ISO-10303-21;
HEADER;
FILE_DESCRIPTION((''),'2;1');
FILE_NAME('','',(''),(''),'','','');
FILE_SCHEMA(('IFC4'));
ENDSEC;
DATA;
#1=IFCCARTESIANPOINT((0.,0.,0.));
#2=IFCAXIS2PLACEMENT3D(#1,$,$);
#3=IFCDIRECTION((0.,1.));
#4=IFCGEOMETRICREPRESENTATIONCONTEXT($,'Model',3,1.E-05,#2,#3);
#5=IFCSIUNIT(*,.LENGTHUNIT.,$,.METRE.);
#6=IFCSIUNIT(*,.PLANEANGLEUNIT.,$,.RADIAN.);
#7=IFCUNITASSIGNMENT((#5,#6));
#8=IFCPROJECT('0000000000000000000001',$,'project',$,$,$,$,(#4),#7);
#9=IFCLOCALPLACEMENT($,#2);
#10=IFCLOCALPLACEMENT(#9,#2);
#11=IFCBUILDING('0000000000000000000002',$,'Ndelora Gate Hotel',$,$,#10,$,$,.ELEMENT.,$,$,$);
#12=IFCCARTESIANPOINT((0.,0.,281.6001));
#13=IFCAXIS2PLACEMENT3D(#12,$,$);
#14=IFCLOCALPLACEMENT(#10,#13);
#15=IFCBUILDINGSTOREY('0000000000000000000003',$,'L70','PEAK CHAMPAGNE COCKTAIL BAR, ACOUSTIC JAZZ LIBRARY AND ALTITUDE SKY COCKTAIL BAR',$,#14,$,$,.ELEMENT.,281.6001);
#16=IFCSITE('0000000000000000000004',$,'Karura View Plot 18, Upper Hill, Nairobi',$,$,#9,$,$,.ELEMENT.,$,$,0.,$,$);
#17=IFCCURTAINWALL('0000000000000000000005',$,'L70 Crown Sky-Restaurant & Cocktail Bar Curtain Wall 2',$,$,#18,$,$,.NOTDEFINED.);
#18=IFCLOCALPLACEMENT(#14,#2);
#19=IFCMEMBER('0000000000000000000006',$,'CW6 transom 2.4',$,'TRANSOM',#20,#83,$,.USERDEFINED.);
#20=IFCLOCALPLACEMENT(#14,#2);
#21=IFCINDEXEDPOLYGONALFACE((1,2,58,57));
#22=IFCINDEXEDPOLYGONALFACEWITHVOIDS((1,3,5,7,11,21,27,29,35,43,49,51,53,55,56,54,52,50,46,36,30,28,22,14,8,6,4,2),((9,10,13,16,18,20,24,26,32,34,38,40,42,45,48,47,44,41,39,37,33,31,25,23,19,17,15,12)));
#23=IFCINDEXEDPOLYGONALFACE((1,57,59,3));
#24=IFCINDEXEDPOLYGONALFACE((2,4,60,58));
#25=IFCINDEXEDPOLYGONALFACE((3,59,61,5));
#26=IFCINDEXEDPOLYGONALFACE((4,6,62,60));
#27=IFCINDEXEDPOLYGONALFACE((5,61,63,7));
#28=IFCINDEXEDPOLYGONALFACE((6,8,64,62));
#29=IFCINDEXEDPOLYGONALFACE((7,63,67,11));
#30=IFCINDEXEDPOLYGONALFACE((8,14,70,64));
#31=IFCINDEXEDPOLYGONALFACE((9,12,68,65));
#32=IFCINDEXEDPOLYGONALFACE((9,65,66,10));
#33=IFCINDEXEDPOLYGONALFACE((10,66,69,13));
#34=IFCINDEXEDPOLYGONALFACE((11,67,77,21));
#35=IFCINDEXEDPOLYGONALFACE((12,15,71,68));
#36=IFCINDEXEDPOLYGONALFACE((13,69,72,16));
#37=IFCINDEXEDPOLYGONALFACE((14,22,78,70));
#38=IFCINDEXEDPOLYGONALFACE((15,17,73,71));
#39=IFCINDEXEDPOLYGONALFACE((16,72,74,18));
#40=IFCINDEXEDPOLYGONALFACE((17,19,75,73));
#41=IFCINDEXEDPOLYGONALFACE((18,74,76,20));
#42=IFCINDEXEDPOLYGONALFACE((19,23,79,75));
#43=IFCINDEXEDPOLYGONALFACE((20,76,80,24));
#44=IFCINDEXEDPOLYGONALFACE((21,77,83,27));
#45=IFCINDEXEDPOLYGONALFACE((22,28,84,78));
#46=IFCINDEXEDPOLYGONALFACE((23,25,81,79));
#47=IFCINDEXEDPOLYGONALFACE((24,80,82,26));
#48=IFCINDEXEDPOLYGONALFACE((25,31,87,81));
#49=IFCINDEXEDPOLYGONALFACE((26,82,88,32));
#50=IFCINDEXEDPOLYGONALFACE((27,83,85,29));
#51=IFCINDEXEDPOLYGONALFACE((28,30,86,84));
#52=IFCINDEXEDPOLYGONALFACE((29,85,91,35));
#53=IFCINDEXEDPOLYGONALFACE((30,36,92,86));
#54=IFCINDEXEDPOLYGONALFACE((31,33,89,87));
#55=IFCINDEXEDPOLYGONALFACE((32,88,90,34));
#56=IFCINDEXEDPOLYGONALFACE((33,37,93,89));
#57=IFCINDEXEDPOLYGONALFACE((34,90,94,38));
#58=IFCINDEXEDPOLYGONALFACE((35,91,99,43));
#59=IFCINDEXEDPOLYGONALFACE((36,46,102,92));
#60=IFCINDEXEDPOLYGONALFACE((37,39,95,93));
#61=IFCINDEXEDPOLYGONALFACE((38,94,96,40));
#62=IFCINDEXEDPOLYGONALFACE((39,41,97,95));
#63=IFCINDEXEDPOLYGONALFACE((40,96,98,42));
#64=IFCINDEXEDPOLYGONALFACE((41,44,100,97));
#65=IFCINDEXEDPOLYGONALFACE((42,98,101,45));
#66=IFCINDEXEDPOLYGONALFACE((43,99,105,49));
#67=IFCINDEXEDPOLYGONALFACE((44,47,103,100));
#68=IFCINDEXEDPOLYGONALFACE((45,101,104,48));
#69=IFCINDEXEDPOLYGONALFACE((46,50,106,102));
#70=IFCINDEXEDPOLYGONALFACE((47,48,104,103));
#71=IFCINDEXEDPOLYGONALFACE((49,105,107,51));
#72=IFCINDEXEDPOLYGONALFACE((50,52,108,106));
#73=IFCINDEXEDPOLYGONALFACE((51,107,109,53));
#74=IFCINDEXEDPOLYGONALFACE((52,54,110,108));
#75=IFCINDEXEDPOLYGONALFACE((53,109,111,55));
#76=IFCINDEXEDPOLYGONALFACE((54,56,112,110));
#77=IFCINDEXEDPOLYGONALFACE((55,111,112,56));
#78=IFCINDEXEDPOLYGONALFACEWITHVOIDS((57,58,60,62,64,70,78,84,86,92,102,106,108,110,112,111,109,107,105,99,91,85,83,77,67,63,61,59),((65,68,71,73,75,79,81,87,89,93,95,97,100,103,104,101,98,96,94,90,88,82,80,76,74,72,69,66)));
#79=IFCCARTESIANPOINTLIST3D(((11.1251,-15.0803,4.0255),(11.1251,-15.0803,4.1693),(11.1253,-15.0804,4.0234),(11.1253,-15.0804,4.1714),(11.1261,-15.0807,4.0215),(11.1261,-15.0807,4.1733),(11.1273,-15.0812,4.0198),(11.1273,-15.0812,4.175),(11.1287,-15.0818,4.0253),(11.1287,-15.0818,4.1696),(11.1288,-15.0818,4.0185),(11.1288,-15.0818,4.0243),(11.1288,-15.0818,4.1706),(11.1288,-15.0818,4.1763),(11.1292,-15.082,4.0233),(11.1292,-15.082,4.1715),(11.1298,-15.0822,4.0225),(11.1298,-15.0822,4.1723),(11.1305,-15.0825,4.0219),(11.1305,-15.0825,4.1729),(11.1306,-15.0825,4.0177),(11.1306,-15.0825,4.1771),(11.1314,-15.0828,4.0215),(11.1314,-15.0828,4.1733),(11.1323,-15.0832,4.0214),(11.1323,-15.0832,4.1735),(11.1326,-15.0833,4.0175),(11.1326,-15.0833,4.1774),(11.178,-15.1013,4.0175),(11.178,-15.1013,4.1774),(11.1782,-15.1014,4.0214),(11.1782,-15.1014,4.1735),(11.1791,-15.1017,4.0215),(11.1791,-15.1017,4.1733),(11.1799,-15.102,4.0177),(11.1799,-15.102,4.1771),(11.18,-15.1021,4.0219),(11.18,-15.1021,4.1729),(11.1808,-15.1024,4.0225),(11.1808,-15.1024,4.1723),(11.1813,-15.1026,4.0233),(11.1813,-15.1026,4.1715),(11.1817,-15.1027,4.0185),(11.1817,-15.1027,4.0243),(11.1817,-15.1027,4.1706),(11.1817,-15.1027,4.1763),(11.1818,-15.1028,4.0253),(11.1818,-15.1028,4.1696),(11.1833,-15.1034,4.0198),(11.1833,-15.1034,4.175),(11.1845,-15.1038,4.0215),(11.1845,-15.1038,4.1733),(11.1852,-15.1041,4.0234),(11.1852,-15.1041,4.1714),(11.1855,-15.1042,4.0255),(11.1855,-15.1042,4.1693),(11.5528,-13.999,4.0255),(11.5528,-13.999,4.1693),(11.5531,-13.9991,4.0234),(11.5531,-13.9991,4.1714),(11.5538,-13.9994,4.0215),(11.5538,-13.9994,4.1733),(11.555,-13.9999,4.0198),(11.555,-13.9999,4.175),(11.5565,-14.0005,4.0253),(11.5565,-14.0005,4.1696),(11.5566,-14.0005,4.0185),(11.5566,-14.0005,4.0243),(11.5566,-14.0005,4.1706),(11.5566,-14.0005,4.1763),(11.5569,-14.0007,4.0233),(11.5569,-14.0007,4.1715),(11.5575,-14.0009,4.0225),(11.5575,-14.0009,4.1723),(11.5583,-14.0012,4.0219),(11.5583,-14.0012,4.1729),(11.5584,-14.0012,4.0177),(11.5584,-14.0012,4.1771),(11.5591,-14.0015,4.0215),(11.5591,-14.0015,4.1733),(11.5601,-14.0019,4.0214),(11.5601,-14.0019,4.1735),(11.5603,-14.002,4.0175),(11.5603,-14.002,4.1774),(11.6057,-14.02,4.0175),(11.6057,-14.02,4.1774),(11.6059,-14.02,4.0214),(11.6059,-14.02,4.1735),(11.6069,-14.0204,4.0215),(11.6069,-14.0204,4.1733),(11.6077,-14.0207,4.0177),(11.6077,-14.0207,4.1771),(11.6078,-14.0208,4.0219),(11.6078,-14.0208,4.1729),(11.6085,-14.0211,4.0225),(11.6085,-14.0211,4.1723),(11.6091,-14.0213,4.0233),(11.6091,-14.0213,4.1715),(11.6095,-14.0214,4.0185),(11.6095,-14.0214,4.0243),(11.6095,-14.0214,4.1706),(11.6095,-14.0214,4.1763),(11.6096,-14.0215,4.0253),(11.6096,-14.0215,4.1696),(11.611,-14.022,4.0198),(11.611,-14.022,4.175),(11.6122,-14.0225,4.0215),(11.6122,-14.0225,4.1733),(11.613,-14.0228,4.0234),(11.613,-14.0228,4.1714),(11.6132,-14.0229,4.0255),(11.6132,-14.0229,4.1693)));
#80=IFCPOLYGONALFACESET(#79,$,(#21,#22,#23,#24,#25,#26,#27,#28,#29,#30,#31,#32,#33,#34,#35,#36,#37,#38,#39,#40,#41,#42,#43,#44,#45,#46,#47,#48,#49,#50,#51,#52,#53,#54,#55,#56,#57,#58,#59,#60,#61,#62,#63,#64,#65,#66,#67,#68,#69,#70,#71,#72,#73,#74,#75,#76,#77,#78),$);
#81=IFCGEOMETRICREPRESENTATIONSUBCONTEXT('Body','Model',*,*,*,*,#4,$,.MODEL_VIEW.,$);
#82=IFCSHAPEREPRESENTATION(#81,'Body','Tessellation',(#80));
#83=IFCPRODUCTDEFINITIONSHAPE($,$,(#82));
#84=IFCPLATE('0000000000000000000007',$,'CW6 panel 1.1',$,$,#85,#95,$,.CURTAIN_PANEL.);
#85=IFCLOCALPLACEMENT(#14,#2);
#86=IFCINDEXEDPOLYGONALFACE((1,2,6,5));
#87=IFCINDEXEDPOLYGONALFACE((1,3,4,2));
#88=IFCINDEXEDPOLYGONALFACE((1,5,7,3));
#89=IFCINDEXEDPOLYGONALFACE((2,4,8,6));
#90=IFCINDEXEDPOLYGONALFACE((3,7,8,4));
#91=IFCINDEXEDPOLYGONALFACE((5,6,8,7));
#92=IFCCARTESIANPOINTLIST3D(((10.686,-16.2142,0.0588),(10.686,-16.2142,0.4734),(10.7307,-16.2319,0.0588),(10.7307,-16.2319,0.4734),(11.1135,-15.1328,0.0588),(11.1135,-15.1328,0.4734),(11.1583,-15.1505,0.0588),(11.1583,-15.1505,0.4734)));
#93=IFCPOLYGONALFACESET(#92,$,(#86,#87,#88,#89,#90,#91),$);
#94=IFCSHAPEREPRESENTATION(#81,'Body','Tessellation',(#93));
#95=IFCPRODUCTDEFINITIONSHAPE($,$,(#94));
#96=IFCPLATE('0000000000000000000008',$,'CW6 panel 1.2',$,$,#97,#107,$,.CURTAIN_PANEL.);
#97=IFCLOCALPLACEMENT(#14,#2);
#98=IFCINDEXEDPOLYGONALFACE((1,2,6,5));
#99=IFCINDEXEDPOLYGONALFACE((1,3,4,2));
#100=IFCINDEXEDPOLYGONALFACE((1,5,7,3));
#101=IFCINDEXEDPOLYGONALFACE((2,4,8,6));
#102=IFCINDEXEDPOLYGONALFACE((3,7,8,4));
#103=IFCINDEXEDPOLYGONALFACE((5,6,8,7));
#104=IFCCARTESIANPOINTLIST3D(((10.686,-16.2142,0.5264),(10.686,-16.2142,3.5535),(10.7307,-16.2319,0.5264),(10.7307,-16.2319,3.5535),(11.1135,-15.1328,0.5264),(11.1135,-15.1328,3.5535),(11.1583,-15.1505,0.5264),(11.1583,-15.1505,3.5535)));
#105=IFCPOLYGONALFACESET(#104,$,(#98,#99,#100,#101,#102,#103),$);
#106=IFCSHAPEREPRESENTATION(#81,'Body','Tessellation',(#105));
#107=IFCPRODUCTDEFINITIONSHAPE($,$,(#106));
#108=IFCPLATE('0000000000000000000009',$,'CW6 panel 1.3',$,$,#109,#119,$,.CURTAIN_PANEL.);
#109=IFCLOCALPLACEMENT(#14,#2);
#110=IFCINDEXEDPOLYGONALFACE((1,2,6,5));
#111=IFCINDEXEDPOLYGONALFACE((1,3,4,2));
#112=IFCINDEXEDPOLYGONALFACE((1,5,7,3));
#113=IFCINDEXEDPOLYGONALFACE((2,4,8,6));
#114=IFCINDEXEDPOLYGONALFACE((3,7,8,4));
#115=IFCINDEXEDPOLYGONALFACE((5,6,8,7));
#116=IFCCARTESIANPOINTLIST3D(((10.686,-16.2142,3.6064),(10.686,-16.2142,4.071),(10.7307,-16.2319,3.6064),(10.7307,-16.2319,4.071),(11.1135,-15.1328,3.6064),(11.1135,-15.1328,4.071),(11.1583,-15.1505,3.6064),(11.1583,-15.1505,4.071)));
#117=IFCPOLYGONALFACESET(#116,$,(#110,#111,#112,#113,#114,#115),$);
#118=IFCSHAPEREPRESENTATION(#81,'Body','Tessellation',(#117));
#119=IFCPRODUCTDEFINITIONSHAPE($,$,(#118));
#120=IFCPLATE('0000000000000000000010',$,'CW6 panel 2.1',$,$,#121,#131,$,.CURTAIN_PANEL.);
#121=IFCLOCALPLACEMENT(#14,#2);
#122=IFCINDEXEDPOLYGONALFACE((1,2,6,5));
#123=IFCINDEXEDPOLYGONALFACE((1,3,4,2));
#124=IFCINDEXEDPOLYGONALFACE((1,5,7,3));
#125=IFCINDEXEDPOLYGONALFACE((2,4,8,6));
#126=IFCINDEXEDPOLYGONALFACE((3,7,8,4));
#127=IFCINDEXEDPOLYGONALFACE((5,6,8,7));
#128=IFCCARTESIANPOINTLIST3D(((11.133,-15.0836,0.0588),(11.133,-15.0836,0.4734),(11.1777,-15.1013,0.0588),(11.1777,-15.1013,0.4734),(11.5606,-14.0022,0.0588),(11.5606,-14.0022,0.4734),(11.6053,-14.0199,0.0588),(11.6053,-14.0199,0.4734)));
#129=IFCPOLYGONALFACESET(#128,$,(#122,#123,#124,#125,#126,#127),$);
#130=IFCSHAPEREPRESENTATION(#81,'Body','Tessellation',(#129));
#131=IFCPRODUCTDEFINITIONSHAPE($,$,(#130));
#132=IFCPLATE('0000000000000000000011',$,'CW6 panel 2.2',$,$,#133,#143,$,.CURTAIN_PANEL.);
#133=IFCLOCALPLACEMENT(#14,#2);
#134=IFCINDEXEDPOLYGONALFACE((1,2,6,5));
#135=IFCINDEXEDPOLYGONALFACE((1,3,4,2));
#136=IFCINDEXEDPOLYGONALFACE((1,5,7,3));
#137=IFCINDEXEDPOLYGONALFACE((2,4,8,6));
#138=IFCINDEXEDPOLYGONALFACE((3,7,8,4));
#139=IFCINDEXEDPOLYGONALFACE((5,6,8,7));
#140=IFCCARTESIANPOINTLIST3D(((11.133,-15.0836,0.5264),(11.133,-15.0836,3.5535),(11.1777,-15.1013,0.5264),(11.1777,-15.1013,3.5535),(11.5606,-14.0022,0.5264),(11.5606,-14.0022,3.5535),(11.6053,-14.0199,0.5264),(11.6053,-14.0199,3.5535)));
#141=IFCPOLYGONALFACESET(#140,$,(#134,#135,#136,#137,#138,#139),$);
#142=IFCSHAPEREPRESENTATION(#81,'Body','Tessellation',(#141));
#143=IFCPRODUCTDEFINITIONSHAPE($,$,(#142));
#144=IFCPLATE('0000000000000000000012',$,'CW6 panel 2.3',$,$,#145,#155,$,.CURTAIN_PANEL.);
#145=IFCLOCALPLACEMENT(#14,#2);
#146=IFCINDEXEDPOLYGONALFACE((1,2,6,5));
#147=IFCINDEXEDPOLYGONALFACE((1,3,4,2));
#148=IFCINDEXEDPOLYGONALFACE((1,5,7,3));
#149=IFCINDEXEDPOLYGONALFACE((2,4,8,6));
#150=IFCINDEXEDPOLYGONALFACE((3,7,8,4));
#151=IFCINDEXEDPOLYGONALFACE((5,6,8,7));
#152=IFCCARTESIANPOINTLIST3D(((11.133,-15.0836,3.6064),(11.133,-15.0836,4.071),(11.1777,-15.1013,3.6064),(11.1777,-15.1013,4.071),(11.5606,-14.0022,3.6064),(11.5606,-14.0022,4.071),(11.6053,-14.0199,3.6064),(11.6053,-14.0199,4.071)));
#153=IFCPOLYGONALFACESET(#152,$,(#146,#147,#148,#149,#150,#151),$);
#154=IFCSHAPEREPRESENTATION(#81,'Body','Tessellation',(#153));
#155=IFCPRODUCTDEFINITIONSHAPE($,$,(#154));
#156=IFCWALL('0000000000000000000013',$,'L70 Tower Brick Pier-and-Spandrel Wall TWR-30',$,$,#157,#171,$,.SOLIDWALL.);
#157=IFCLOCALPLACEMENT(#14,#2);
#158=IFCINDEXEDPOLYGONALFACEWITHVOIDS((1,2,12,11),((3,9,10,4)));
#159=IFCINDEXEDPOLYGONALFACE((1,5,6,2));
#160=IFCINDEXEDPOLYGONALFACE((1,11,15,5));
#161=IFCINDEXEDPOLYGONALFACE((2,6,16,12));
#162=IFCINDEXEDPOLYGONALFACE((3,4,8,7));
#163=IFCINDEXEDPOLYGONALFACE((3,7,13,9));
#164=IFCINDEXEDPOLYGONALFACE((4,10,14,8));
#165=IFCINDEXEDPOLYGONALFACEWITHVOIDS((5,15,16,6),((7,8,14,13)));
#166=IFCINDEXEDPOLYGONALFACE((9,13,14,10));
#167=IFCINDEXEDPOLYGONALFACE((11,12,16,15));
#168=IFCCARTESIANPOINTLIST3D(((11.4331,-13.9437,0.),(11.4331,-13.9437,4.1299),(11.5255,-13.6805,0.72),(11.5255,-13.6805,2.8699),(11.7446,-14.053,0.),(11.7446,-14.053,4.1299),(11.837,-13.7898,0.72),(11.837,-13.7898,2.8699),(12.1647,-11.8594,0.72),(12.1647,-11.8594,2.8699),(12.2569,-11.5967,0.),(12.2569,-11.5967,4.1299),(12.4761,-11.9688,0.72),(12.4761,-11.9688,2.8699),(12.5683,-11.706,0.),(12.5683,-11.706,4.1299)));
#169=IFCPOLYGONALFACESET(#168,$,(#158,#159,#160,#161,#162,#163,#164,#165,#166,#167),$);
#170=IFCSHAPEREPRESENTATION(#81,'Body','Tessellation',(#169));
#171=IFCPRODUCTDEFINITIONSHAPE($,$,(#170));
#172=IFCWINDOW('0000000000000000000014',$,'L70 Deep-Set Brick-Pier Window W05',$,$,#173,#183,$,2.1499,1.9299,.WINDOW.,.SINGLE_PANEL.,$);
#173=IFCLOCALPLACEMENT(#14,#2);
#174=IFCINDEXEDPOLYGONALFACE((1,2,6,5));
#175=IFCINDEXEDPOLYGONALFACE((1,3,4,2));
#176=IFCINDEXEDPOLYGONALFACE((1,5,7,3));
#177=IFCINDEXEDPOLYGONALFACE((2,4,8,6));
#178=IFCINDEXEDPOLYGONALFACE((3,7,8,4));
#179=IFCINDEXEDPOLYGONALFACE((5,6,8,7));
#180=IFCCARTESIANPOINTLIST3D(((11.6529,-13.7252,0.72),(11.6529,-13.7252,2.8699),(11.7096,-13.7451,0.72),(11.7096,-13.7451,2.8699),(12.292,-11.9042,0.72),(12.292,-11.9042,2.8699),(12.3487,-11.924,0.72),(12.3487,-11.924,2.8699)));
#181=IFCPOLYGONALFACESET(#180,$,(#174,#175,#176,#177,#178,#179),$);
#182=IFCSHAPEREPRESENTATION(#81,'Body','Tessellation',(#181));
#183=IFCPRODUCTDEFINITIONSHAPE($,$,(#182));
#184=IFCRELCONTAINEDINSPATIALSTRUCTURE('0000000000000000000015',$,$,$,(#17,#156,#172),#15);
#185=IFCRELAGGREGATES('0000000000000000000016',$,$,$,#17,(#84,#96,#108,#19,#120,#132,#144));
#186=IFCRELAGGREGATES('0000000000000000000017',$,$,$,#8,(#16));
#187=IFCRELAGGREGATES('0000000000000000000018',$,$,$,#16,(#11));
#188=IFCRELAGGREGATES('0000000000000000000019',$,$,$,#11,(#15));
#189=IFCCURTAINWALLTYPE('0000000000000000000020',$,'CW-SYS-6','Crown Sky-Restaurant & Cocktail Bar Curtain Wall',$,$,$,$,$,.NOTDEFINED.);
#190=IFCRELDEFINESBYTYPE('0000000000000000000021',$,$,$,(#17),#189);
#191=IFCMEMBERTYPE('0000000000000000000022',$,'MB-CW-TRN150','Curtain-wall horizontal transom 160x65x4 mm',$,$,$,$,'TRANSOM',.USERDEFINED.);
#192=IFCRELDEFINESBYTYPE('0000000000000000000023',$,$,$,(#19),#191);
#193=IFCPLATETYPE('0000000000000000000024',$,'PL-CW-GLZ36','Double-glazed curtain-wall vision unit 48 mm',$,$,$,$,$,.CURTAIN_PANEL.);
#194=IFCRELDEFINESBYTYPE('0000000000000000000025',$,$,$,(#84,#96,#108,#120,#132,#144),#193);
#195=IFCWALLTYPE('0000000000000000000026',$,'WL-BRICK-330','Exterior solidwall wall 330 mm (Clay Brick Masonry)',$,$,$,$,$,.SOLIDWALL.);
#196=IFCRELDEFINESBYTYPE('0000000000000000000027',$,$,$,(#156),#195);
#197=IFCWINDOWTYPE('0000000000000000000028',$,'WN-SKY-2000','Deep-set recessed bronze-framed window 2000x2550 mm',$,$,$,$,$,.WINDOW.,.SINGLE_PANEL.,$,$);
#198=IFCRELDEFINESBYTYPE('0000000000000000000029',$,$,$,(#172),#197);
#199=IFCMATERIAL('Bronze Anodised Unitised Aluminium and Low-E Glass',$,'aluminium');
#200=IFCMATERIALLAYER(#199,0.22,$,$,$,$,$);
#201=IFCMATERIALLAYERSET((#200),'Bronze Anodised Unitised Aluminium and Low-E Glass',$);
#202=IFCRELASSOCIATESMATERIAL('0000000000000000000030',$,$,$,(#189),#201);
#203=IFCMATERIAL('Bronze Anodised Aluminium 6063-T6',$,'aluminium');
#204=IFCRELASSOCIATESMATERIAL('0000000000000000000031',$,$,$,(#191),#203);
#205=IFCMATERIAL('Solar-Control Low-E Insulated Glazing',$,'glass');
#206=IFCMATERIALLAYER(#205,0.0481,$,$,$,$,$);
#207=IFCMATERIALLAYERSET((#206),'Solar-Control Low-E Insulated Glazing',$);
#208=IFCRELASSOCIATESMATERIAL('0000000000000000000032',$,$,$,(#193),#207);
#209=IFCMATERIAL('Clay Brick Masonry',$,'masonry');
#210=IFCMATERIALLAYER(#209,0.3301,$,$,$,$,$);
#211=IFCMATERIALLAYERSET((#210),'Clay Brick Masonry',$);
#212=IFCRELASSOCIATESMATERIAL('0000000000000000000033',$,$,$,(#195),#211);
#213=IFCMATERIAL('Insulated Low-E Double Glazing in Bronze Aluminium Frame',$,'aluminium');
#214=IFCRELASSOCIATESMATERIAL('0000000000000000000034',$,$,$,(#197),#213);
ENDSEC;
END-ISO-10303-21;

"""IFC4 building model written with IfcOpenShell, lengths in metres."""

from ifc_helpers import new_model, si_unit, direction, frame, frame_2d, origin, origin_2d, place, context, subcontext, project, spatial, rectangle, hollow_rectangle, extrude, material, layer, layer_set, material_profile, profile_set, type_object, element, fill, aggregate, save


model = new_model("IFC4")

# Units and contexts
model_context = context("Model", 3, precision=1e-05, world=origin(), true_north=direction((0.0, 1.0)))
body_context = subcontext(model_context, "Body", "Model", "MODEL_VIEW")
ifc_project = project(units=[si_unit("LENGTHUNIT", "METRE"), si_unit("PLANEANGLEUNIT", "RADIAN")], contexts=[model_context])

# Site, building, storey
site_placement = place(None, origin())
site = spatial("IfcSite", under=ifc_project, at=site_placement, Name="Karura View Plot 18, Upper Hill, Nairobi", CompositionType="ELEMENT", RefElevation=0.0)
building_placement = place(site_placement, origin())
building = spatial("IfcBuilding", under=site, at=building_placement, Name="Ndelora Gate Hotel", CompositionType="ELEMENT")
storey_placement = place(building_placement, frame((0.0, 0.0, 281.6001)))
storey = spatial("IfcBuildingStorey", under=building, at=storey_placement, Name="L70", Description="PEAK CHAMPAGNE COCKTAIL BAR, ACOUSTIC JAZZ LIBRARY AND ALTITUDE SKY COCKTAIL BAR", CompositionType="ELEMENT", Elevation=281.6001)

# Curtain wall, member, plates
ifc_material_1 = material(Name="Bronze Anodised Unitised Aluminium and Low-E Glass", Category="aluminium")
ifc_layer_1 = layer(ifc_material_1, 0.22)
ifc_layer_set_1 = layer_set([ifc_layer_1], Name="Bronze Anodised Unitised Aluminium and Low-E Glass")
curtain_wall_type = type_object("IfcCurtainWallType", Name="CW-SYS-6", Description="Crown Sky-Restaurant & Cocktail Bar Curtain Wall", PredefinedType="NOTDEFINED", material=ifc_layer_set_1)
curtain_wall_placement = place(storey_placement, origin())
curtain_wall = element("IfcCurtainWall", 1, at=curtain_wall_placement, inside=storey, type_object=curtain_wall_type, Name="L70 Crown Sky-Restaurant & Cocktail Bar Curtain Wall 2", PredefinedType="NOTDEFINED")
ifc_material_2 = material(Name="Bronze Anodised Aluminium 6063-T6", Category="aluminium")
ifc_material_profile_1 = material_profile(ifc_material_2, hollow_rectangle(XDim=0.0649, YDim=0.1599, WallThickness=0.0039, InnerFilletRadius=0.0039, OuterFilletRadius=0.0081, at=origin_2d()), Name="ALU 160x65x4")
ifc_profile_set_1 = profile_set([ifc_material_profile_1], Name="Bronze Anodised Aluminium 6063-T6")
member_type_1 = type_object("IfcMemberType", Name="MB-CW-TRN150", Description="Curtain-wall horizontal transom 160x65x4 mm", ElementType="TRANSOM", PredefinedType="USERDEFINED", material=ifc_profile_set_1)
member_1_placement = place(storey_placement, frame((11.1553, -15.0923, 4.0974), z_axis=(0.36784, 0.929889, 0.0), x_axis=(-0.929889, 0.36784, 0.0)))
member_1 = element("IfcMember", 2, at=member_1_placement, type_object=member_type_1, Name="CW6 transom 2.4", ObjectType="TRANSOM", PredefinedType="USERDEFINED", context=body_context, shape_type="SweptSolid", body=[
    extrude(hollow_rectangle(XDim=0.0649, YDim=0.1599, WallThickness=0.0039, InnerFilletRadius=0.0039, OuterFilletRadius=0.0081, at=origin_2d()), origin(), (0.0, 0.0, 1.0), 1.1628),
])
ifc_material_3 = material(Name="Solar-Control Low-E Insulated Glazing", Category="glass")
ifc_layer_2 = layer(ifc_material_3, 0.0481)
ifc_layer_set_2 = layer_set([ifc_layer_2], Name="Solar-Control Low-E Insulated Glazing")
plate_type = type_object("IfcPlateType", Name="PL-CW-GLZ36", Description="Double-glazed curtain-wall vision unit 48 mm", PredefinedType="CURTAIN_PANEL", material=ifc_layer_set_2)
plate_1_placement = place(storey_placement, frame((10.9221, -15.6824, 0.0588), z_axis=(0.0, 0.0, 1.0), x_axis=(0.3677, 0.929944, 0.0)))
plate_1 = element("IfcPlate", 3, at=plate_1_placement, type_object=plate_type, Name="CW6 panel 1.1", PredefinedType="CURTAIN_PANEL", context=body_context, shape_type="SweptSolid", body=[
    extrude(rectangle(XDim=1.1628, YDim=0.0481, at=origin_2d()), origin(), (0.0, 0.0, 1.0), 0.4146),
])
plate_2_placement = place(storey_placement, frame((10.9221, -15.6824, 0.5264), z_axis=(0.0, 0.0, 1.0), x_axis=(0.3677, 0.929944, 0.0)))
plate_2 = element("IfcPlate", 4, at=plate_2_placement, type_object=plate_type, Name="CW6 panel 1.2", PredefinedType="CURTAIN_PANEL", context=body_context, shape_type="SweptSolid", body=[
    extrude(rectangle(XDim=1.1628, YDim=0.0481, at=origin_2d()), origin(), (0.0, 0.0, 1.0), 3.0271),
])
plate_3_placement = place(storey_placement, frame((10.9221, -15.6824, 3.6064), z_axis=(0.0, 0.0, 1.0), x_axis=(0.3677, 0.929944, 0.0)))
plate_3 = element("IfcPlate", 5, at=plate_3_placement, type_object=plate_type, Name="CW6 panel 1.3", PredefinedType="CURTAIN_PANEL", context=body_context, shape_type="SweptSolid", body=[
    extrude(rectangle(XDim=1.1628, YDim=0.0481, at=origin_2d()), origin(), (0.0, 0.0, 1.0), 0.4646),
])
plate_4_placement = place(storey_placement, frame((11.3691, -14.5518, 0.0588), z_axis=(0.0, 0.0, 1.0), x_axis=(0.3677, 0.929944, 0.0)))
plate_4 = element("IfcPlate", 6, at=plate_4_placement, type_object=plate_type, Name="CW6 panel 2.1", PredefinedType="CURTAIN_PANEL", context=body_context, shape_type="SweptSolid", body=[
    extrude(rectangle(XDim=1.1628, YDim=0.0481, at=origin_2d()), origin(), (0.0, 0.0, 1.0), 0.4146),
])
plate_5_placement = place(storey_placement, frame((11.3691, -14.5518, 0.5264), z_axis=(0.0, 0.0, 1.0), x_axis=(0.3677, 0.929944, 0.0)))
plate_5 = element("IfcPlate", 7, at=plate_5_placement, type_object=plate_type, Name="CW6 panel 2.2", PredefinedType="CURTAIN_PANEL", context=body_context, shape_type="SweptSolid", body=[
    extrude(rectangle(XDim=1.1628, YDim=0.0481, at=origin_2d()), origin(), (0.0, 0.0, 1.0), 3.0271),
])
plate_6_placement = place(storey_placement, frame((11.3691, -14.5518, 3.6064), z_axis=(0.0, 0.0, 1.0), x_axis=(0.3677, 0.929944, 0.0)))
plate_6 = element("IfcPlate", 8, at=plate_6_placement, type_object=plate_type, Name="CW6 panel 2.3", PredefinedType="CURTAIN_PANEL", context=body_context, shape_type="SweptSolid", body=[
    extrude(rectangle(XDim=1.1628, YDim=0.0481, at=origin_2d()), origin(), (0.0, 0.0, 1.0), 0.4646),
])
aggregate(curtain_wall, [plate_1, plate_2, plate_3, member_1, plate_4, plate_5, plate_6])

# Wall, opening, window
ifc_material_4 = material(Name="Clay Brick Masonry", Category="masonry")
ifc_layer_3 = layer(ifc_material_4, 0.3301)
ifc_layer_set_3 = layer_set([ifc_layer_3], Name="Clay Brick Masonry")
wall_type = type_object("IfcWallType", Name="WL-BRICK-330", Description="Exterior solidwall wall 330 mm (Clay Brick Masonry)", PredefinedType="SOLIDWALL", material=ifc_layer_set_3)
wall_placement = place(storey_placement, frame((12.4126, -11.6514, 0.0), z_axis=(0.0, 0.0, 1.0), x_axis=(-0.331177, -0.943569, 0.0)))
wall = element("IfcWall", 9, at=wall_placement, inside=storey, type_object=wall_type, Name="L70 Tower Brick Pier-and-Spandrel Wall TWR-30", PredefinedType="SOLIDWALL", context=body_context, shape_type="SweptSolid", body=[
    extrude(rectangle(XDim=2.4873, YDim=0.3301, at=frame_2d((1.2437, 0.0))), origin(), (0.0, 0.0, 1.0), 4.1299),
])
opening_placement = place(wall_placement, frame((0.2786, 0.0, 0.72)))
opening = element("IfcOpeningElement", 10, at=opening_placement, cuts=wall, PredefinedType="OPENING", context=body_context, shape_type="SweptSolid", body=[
    extrude(rectangle(XDim=1.9299, YDim=2.1499, at=frame_2d((0.9648, 1.075))), frame((0.0, 0.175, 0.0), z_axis=(0.0, -1.0, 0.0), x_axis=(1.0, 0.0, 0.0)), (0.0, 0.0, 1.0), 0.3501),
])
ifc_material_5 = material(Name="Insulated Low-E Double Glazing in Bronze Aluminium Frame", Category="aluminium")
window_type = type_object("IfcWindowType", Name="WN-SKY-2000", Description="Deep-set recessed bronze-framed window 2000x2550 mm", PartitioningType="SINGLE_PANEL", PredefinedType="WINDOW", material=ifc_material_5)
window_placement = place(opening_placement, origin())
window = element("IfcWindow", 11, at=window_placement, inside=storey, type_object=window_type, Name="L70 Deep-Set Brick-Pier Window W05", OverallHeight=2.1499, OverallWidth=1.9299, PartitioningType="SINGLE_PANEL", PredefinedType="WINDOW", context=body_context, shape_type="SweptSolid", body=[
    extrude(rectangle(XDim=1.9299, YDim=2.1499, at=frame_2d((0.9648, 1.075))), frame((0.0, 0.03, 0.0), z_axis=(0.0, -1.0, 0.0), x_axis=(1.0, 0.0, 0.0)), (0.0, 0.0, 1.0), 0.0601),
])
fill(opening, window)

save(model, "model.ifc")
